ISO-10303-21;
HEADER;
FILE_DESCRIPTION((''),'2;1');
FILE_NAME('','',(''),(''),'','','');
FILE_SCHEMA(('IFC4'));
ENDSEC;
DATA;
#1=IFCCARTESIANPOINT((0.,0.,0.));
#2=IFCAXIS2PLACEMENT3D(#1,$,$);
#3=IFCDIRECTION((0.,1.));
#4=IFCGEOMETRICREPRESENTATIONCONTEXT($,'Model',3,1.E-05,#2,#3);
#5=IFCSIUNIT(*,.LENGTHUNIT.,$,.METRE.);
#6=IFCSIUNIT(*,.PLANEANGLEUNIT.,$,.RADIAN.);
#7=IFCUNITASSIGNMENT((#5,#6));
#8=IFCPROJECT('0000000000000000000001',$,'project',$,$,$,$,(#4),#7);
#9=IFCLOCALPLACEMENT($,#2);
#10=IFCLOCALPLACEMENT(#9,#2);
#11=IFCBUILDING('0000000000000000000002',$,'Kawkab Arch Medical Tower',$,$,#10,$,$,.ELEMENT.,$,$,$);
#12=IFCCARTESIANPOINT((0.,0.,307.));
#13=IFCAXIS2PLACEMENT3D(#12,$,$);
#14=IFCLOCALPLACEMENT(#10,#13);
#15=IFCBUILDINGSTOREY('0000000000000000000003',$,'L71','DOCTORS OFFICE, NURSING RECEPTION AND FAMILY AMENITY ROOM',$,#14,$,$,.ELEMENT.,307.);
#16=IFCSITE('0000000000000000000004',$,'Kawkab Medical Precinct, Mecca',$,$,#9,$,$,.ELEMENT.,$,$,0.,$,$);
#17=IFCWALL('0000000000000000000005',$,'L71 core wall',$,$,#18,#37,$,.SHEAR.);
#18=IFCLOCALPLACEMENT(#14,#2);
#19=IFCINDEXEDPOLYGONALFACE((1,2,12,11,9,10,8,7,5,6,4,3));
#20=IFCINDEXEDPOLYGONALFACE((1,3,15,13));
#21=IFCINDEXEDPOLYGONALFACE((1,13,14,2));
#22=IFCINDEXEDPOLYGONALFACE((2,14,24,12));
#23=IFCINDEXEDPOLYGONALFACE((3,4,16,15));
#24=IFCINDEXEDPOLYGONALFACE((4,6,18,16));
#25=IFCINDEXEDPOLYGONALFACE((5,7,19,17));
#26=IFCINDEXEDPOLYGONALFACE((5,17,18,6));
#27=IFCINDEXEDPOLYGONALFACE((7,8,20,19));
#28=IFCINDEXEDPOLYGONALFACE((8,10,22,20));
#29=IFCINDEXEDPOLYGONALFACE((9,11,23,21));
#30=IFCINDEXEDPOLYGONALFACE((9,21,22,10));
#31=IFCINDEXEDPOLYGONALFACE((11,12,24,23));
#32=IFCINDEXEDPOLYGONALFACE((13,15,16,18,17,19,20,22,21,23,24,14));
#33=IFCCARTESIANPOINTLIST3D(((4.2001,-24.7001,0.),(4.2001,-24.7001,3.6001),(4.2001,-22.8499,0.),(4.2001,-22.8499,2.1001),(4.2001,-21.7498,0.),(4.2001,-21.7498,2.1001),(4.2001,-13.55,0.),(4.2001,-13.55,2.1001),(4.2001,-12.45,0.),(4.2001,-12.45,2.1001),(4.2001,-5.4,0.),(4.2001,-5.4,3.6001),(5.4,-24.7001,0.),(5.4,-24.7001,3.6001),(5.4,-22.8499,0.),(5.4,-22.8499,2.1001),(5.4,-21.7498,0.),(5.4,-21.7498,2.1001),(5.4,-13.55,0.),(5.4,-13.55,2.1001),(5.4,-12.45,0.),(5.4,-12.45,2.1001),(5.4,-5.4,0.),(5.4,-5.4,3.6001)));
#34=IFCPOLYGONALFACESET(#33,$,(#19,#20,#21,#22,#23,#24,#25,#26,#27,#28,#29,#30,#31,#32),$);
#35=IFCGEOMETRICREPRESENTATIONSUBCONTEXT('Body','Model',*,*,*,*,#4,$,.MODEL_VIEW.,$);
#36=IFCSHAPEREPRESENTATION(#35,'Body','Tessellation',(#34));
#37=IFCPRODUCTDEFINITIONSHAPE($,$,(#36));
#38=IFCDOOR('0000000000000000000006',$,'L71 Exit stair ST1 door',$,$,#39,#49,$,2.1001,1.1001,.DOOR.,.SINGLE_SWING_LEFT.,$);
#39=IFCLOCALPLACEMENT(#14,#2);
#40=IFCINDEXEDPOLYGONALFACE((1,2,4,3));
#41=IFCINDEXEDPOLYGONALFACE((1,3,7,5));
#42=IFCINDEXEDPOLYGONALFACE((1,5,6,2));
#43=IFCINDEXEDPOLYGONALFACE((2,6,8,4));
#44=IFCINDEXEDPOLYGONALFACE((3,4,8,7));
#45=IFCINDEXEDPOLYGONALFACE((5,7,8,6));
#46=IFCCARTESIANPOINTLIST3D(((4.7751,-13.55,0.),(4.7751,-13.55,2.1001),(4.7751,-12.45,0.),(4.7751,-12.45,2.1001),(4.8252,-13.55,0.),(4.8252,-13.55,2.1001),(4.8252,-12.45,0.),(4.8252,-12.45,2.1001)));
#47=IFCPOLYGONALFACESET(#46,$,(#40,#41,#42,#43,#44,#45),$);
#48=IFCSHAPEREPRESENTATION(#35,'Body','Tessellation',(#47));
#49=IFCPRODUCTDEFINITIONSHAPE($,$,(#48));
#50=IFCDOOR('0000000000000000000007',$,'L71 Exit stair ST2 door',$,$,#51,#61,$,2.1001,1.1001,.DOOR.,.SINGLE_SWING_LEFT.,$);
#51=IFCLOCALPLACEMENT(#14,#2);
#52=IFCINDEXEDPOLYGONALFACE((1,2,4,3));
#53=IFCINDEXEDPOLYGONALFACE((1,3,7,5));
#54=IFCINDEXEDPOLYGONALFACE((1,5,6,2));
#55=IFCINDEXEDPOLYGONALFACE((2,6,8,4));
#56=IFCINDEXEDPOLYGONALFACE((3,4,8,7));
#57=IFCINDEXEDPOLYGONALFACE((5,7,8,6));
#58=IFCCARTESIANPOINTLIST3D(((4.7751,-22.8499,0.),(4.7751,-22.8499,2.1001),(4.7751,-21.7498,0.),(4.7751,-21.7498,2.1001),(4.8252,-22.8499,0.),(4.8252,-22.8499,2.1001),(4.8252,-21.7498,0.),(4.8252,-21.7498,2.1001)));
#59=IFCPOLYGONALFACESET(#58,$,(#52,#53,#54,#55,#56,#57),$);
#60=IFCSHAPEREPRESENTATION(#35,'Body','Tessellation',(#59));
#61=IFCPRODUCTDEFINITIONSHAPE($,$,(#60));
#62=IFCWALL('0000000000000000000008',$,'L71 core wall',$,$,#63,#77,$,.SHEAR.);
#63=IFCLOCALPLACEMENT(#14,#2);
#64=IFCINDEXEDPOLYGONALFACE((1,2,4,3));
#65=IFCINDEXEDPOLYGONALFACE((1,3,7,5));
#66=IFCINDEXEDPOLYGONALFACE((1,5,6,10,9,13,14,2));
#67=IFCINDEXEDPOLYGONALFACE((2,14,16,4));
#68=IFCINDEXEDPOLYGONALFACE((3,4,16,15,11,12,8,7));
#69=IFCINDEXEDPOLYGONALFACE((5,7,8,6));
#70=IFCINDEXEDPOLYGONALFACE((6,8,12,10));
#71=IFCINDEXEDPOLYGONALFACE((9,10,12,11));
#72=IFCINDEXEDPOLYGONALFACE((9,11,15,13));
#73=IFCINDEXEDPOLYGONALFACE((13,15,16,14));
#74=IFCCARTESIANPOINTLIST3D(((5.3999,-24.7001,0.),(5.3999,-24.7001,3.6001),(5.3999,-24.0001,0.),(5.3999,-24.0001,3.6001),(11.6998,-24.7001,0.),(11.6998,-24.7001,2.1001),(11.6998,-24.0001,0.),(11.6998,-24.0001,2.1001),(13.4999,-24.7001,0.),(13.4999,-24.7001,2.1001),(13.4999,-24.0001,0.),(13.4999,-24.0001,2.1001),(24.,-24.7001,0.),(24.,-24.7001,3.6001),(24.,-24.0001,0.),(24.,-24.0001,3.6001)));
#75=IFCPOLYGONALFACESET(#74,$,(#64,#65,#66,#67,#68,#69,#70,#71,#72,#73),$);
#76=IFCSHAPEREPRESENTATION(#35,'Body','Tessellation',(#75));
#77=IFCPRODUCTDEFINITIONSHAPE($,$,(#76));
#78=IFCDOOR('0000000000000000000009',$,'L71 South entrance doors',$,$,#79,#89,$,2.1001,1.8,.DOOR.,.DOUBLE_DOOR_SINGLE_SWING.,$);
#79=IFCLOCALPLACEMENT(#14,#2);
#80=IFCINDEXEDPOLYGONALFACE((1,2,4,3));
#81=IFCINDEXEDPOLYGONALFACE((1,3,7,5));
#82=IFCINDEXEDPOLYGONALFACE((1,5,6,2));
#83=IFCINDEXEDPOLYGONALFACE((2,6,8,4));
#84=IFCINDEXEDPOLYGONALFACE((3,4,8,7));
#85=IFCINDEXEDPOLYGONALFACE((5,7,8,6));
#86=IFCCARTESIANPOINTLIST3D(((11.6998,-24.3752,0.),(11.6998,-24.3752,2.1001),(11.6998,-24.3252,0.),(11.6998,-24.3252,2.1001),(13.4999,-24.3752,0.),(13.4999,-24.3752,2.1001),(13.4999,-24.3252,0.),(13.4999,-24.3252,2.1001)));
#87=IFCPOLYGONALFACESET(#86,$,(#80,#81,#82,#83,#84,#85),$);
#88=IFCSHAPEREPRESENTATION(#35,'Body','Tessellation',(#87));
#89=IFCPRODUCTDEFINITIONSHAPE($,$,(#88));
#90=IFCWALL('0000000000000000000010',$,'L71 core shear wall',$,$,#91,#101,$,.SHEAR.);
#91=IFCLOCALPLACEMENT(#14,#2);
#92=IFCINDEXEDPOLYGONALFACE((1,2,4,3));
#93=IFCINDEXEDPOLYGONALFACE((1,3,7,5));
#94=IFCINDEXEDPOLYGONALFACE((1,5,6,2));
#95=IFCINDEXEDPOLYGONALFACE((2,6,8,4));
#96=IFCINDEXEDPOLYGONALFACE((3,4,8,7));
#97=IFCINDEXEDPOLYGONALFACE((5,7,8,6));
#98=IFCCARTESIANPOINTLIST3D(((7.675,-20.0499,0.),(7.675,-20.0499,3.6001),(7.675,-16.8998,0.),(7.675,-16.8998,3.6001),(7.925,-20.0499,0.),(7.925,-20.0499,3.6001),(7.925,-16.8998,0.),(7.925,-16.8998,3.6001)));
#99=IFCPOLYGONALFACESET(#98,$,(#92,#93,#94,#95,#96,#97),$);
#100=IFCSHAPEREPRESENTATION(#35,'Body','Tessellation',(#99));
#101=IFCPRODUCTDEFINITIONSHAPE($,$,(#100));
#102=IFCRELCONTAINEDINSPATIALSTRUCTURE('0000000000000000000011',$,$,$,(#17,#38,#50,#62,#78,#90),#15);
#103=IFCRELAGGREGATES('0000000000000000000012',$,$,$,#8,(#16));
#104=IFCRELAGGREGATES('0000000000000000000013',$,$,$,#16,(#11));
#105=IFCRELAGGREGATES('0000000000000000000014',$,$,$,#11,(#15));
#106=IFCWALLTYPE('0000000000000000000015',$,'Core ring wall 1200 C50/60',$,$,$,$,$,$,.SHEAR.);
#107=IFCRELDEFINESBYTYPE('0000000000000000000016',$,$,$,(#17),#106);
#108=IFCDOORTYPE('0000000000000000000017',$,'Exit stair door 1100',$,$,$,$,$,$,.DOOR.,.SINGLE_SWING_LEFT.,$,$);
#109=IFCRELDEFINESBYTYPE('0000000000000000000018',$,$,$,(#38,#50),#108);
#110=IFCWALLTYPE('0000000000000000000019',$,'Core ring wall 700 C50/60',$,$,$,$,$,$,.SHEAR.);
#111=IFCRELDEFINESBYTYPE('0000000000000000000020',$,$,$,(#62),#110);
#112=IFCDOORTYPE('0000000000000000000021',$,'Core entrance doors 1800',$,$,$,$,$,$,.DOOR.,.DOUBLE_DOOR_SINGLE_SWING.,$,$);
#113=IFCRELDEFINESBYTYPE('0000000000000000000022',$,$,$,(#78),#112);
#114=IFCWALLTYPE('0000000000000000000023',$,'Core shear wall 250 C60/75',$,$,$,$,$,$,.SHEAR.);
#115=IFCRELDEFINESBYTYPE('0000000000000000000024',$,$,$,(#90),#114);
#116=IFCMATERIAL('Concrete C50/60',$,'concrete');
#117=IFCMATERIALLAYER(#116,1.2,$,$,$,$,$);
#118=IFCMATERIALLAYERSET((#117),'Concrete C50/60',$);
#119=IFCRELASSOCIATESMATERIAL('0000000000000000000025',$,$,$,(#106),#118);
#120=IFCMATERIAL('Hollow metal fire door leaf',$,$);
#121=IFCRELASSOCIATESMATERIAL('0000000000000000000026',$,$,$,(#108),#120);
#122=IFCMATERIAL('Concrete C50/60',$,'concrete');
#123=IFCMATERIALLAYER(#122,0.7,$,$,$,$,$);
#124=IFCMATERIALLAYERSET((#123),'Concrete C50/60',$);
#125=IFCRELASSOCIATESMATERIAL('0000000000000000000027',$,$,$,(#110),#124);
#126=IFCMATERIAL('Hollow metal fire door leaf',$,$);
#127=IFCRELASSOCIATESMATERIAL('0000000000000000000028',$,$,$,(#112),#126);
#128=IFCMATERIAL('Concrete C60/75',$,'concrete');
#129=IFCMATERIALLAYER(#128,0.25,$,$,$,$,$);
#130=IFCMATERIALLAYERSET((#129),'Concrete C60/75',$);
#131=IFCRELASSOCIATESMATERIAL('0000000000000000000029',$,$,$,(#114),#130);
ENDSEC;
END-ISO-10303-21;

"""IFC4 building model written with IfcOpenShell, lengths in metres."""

from ifc_helpers import new_model, si_unit, direction, frame, frame_2d, origin, place, context, subcontext, project, spatial, rectangle, extrude, material, layer, layer_set, type_object, element, fill, save


model = new_model("IFC4")

# Units and contexts
model_context = context("Model", 3, precision=1e-05, world=origin(), true_north=direction((0.0, 1.0)))
body_context = subcontext(model_context, "Body", "Model", "MODEL_VIEW")
ifc_project = project(units=[si_unit("LENGTHUNIT", "METRE"), si_unit("PLANEANGLEUNIT", "RADIAN")], contexts=[model_context])

# Site, building, storey
site_placement = place(None, origin())
site = spatial("IfcSite", under=ifc_project, at=site_placement, Name="Kawkab Medical Precinct, Mecca", CompositionType="ELEMENT", RefElevation=0.0)
building_placement = place(site_placement, origin())
building = spatial("IfcBuilding", under=site, at=building_placement, Name="Kawkab Arch Medical Tower", CompositionType="ELEMENT")
storey_placement = place(building_placement, frame((0.0, 0.0, 307.0)))
storey = spatial("IfcBuildingStorey", under=building, at=storey_placement, Name="L71", Description="DOCTORS OFFICE, NURSING RECEPTION AND FAMILY AMENITY ROOM", CompositionType="ELEMENT", Elevation=307.0)

# Wall, openings, doors
ifc_material_1 = material(Name="Concrete C50/60", Category="concrete")
ifc_layer_1 = layer(ifc_material_1, 1.2)
ifc_layer_set_1 = layer_set([ifc_layer_1], Name="Concrete C50/60")
wall_type_1 = type_object("IfcWallType", Name="Core ring wall 1200 C50/60", PredefinedType="SHEAR", material=ifc_layer_set_1)
wall_1_placement = place(storey_placement, frame((4.8, -24.7, 0.0), z_axis=(0.0, 0.0, 1.0), x_axis=(0.0, 1.0, 0.0)))
wall_1 = element("IfcWall", 1, at=wall_1_placement, inside=storey, type_object=wall_type_1, Name="L71 core wall", PredefinedType="SHEAR", context=body_context, shape_type="SweptSolid", body=[
    extrude(rectangle(XDim=19.3, YDim=1.2, at=frame_2d((9.6499, 0.0))), origin(), (0.0, 0.0, 1.0), 3.6001),
])
opening_1_placement = place(wall_1_placement, frame((11.1499, 0.0, 0.0)))
opening_1 = element("IfcOpeningElement", 2, at=opening_1_placement, cuts=wall_1, PredefinedType="OPENING", context=body_context, shape_type="SweptSolid", body=[
    extrude(rectangle(XDim=1.1001, YDim=2.1001, at=frame_2d((0.55, 1.05))), frame((0.0, 0.6099, 0.0), z_axis=(0.0, -1.0, 0.0), x_axis=(1.0, 0.0, 0.0)), (0.0, 0.0, 1.0), 1.22),
])
opening_2_placement = place(wall_1_placement, frame((1.8501, 0.0, 0.0)))
opening_2 = element("IfcOpeningElement", 3, at=opening_2_placement, cuts=wall_1, PredefinedType="OPENING", context=body_context, shape_type="SweptSolid", body=[
    extrude(rectangle(XDim=1.1001, YDim=2.1001, at=frame_2d((0.55, 1.05))), frame((0.0, 0.6099, 0.0), z_axis=(0.0, -1.0, 0.0), x_axis=(1.0, 0.0, 0.0)), (0.0, 0.0, 1.0), 1.22),
])
ifc_material_2 = material(Name="Hollow metal fire door leaf")
door_type_1 = type_object("IfcDoorType", Name="Exit stair door 1100", OperationType="SINGLE_SWING_LEFT", PredefinedType="DOOR", material=ifc_material_2)
door_1_placement = place(opening_1_placement, origin())
door_1 = element("IfcDoor", 4, at=door_1_placement, inside=storey, type_object=door_type_1, Name="L71 Exit stair ST1 door", OperationType="SINGLE_SWING_LEFT", OverallHeight=2.1001, OverallWidth=1.1001, PredefinedType="DOOR", context=body_context, shape_type="SweptSolid", body=[
    extrude(rectangle(XDim=1.1001, YDim=2.1001, at=frame_2d((0.55, 1.05))), frame((0.0, 0.0249, 0.0), z_axis=(0.0, -1.0, 0.0), x_axis=(1.0, 0.0, 0.0)), (0.0, 0.0, 1.0), 0.05),
])
fill(opening_1, door_1)
door_2_placement = place(opening_2_placement, origin())
door_2 = element("IfcDoor", 5, at=door_2_placement, inside=storey, type_object=door_type_1, Name="L71 Exit stair ST2 door", OperationType="SINGLE_SWING_LEFT", OverallHeight=2.1001, OverallWidth=1.1001, PredefinedType="DOOR", context=body_context, shape_type="SweptSolid", body=[
    extrude(rectangle(XDim=1.1001, YDim=2.1001, at=frame_2d((0.55, 1.05))), frame((0.0, 0.0249, 0.0), z_axis=(0.0, -1.0, 0.0), x_axis=(1.0, 0.0, 0.0)), (0.0, 0.0, 1.0), 0.05),
])
fill(opening_2, door_2)

# Wall, opening, door
ifc_material_3 = material(Name="Concrete C50/60", Category="concrete")
ifc_layer_2 = layer(ifc_material_3, 0.7)
ifc_layer_set_2 = layer_set([ifc_layer_2], Name="Concrete C50/60")
wall_type_2 = type_object("IfcWallType", Name="Core ring wall 700 C50/60", PredefinedType="SHEAR", material=ifc_layer_set_2)
wall_2_placement = place(storey_placement, frame((5.3999, -24.3501, 0.0), z_axis=(0.0, 0.0, 1.0), x_axis=(1.0, 0.0, 0.0)))
wall_2 = element("IfcWall", 6, at=wall_2_placement, inside=storey, type_object=wall_type_2, Name="L71 core wall", PredefinedType="SHEAR", context=body_context, shape_type="SweptSolid", body=[
    extrude(rectangle(XDim=18.6001, YDim=0.7, at=frame_2d((9.3, 0.0))), origin(), (0.0, 0.0, 1.0), 3.6001),
])
opening_3_placement = place(wall_2_placement, frame((6.3, 0.0, 0.0)))
opening_3 = element("IfcOpeningElement", 7, at=opening_3_placement, cuts=wall_2, PredefinedType="OPENING", context=body_context, shape_type="SweptSolid", body=[
    extrude(rectangle(XDim=1.8, YDim=2.1001, at=frame_2d((0.8999, 1.05))), frame((0.0, 0.3599, 0.0), z_axis=(0.0, -1.0, 0.0), x_axis=(1.0, 0.0, 0.0)), (0.0, 0.0, 1.0), 0.72),
])
ifc_material_4 = material(Name="Hollow metal fire door leaf")
door_type_2 = type_object("IfcDoorType", Name="Core entrance doors 1800", OperationType="DOUBLE_DOOR_SINGLE_SWING", PredefinedType="DOOR", material=ifc_material_4)
door_3_placement = place(opening_3_placement, origin())
door_3 = element("IfcDoor", 8, at=door_3_placement, inside=storey, type_object=door_type_2, Name="L71 South entrance doors", OperationType="DOUBLE_DOOR_SINGLE_SWING", OverallHeight=2.1001, OverallWidth=1.8, PredefinedType="DOOR", context=body_context, shape_type="SweptSolid", body=[
    extrude(rectangle(XDim=1.8, YDim=2.1001, at=frame_2d((0.8999, 1.05))), frame((0.0, 0.0249, 0.0), z_axis=(0.0, -1.0, 0.0), x_axis=(1.0, 0.0, 0.0)), (0.0, 0.0, 1.0), 0.05),
])
fill(opening_3, door_3)

# Wall
ifc_material_5 = material(Name="Concrete C60/75", Category="concrete")
ifc_layer_3 = layer(ifc_material_5, 0.25)
ifc_layer_set_3 = layer_set([ifc_layer_3], Name="Concrete C60/75")
wall_type_3 = type_object("IfcWallType", Name="Core shear wall 250 C60/75", PredefinedType="SHEAR", material=ifc_layer_set_3)
wall_3_placement = place(storey_placement, frame((7.8, -20.05, 0.0), z_axis=(0.0, 0.0, 1.0), x_axis=(0.0, 1.0, 0.0)))
element("IfcWall", 9, at=wall_3_placement, inside=storey, type_object=wall_type_3, Name="L71 core shear wall", PredefinedType="SHEAR", context=body_context, shape_type="SweptSolid", body=[
    extrude(rectangle(XDim=3.1501, YDim=0.25, at=frame_2d((1.5752, 0.0))), origin(), (0.0, 0.0, 1.0), 3.6001),
])

save(model, "model.ifc")
